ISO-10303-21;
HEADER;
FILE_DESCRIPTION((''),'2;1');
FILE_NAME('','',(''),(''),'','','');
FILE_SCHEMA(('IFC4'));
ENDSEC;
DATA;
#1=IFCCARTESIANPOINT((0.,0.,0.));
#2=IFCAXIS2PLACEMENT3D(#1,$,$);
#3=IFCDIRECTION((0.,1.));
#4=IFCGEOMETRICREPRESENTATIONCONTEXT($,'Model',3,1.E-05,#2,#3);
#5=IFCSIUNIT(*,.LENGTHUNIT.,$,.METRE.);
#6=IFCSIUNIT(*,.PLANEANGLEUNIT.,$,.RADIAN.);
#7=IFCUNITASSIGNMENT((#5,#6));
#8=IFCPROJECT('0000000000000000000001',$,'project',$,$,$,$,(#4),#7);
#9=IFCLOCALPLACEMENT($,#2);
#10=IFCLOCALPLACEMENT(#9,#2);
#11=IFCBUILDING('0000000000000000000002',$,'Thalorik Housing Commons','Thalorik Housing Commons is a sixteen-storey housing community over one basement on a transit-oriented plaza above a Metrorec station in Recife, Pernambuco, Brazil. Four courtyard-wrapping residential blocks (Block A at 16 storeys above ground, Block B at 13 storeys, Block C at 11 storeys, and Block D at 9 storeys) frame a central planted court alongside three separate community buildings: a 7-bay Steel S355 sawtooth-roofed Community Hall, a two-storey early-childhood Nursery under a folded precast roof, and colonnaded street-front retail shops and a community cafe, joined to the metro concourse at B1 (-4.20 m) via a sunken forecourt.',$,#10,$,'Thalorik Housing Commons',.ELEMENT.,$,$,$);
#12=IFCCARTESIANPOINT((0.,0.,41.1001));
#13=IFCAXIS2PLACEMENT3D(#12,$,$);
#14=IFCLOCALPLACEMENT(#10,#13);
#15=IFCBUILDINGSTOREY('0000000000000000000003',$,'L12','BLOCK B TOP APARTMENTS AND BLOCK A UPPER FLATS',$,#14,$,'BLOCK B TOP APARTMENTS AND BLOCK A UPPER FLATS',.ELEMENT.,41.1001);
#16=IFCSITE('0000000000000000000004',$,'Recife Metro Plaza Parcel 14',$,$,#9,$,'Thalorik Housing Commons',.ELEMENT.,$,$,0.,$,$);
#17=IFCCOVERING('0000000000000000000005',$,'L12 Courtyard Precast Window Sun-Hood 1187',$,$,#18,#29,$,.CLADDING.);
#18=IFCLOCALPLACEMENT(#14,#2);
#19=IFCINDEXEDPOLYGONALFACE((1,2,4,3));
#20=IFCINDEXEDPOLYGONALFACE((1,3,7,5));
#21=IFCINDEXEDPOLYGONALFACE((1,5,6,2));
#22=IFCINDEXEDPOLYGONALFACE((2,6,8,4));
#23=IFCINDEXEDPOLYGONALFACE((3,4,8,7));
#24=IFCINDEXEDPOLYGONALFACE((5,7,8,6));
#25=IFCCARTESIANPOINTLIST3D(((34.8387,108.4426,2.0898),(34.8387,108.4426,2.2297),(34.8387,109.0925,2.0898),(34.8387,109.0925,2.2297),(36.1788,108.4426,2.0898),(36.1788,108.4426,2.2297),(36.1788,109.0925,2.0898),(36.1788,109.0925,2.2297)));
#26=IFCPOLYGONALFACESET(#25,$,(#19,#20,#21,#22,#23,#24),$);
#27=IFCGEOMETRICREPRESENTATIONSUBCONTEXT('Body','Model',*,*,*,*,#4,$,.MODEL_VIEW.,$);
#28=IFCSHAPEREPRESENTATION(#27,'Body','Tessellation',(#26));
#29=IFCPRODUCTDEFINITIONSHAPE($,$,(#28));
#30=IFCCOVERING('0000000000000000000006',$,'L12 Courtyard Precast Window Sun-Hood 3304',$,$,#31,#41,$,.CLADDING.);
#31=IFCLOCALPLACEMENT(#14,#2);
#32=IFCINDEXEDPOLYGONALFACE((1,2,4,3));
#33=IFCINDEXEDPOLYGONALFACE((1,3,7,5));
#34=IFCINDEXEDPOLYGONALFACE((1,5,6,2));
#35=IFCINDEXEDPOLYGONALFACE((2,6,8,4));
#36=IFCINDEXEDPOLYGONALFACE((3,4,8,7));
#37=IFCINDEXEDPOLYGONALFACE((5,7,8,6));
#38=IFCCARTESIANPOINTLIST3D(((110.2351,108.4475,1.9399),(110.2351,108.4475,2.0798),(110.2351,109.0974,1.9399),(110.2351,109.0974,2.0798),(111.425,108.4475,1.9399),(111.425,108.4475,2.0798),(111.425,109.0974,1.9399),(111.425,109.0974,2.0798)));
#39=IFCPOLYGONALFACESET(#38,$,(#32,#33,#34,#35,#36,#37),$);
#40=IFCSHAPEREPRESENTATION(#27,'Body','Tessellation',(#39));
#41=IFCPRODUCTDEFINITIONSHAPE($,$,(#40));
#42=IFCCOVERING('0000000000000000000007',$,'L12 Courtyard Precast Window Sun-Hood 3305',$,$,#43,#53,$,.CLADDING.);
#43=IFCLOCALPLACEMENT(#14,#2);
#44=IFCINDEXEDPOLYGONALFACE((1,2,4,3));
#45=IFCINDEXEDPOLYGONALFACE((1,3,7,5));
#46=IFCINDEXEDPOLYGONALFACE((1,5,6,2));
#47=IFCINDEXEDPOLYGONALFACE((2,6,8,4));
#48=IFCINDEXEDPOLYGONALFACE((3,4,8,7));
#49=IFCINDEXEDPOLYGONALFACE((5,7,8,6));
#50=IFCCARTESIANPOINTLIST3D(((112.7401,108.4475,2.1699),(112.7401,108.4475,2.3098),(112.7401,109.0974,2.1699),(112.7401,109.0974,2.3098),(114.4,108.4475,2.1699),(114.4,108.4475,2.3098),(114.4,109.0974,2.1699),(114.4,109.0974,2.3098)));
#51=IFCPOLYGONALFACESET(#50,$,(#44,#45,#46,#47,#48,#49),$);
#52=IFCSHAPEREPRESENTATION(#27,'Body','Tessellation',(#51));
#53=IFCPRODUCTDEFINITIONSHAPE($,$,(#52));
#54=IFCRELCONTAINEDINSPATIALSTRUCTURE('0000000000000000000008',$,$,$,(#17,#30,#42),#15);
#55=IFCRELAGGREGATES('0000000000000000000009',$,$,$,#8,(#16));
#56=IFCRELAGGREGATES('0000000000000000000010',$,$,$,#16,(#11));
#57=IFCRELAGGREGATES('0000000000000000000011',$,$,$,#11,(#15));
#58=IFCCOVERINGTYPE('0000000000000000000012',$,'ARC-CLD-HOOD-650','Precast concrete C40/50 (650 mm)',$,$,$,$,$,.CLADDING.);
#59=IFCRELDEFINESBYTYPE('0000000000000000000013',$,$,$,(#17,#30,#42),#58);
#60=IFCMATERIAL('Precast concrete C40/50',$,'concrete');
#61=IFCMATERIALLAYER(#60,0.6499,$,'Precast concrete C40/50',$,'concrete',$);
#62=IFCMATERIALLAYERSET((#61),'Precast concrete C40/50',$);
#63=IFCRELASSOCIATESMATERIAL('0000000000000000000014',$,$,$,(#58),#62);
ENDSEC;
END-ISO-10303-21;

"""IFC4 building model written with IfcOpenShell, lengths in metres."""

from ifc_helpers import new_model, si_unit, direction, frame, origin, origin_2d, place, context, subcontext, project, spatial, rectangle, extrude, material, layer, layer_set, type_object, element, save


model = new_model("IFC4")

# Units and contexts
model_context = context("Model", 3, precision=1e-05, world=origin(), true_north=direction((0.0, 1.0)))
body_context = subcontext(model_context, "Body", "Model", "MODEL_VIEW")
ifc_project = project(units=[si_unit("LENGTHUNIT", "METRE"), si_unit("PLANEANGLEUNIT", "RADIAN")], contexts=[model_context])

# Site, building, storey
site_placement = place(None, origin())
site = spatial("IfcSite", under=ifc_project, at=site_placement, Name="Recife Metro Plaza Parcel 14", LongName="Thalorik Housing Commons", CompositionType="ELEMENT", RefElevation=0.0)
building_placement = place(site_placement, origin())
building = spatial("IfcBuilding", under=site, at=building_placement, Name="Thalorik Housing Commons", Description="Thalorik Housing Commons is a sixteen-storey housing community over one basement on a transit-oriented plaza above a Metrorec station in Recife, Pernambuco, Brazil. Four courtyard-wrapping residential blocks (Block A at 16 storeys above ground, Block B at 13 storeys, Block C at 11 storeys, and Block D at 9 storeys) frame a central planted court alongside three separate community buildings: a 7-bay Steel S355 sawtooth-roofed Community Hall, a two-storey early-childhood Nursery under a folded precast roof, and colonnaded street-front retail shops and a community cafe, joined to the metro concourse at B1 (-4.20 m) via a sunken forecourt.", LongName="Thalorik Housing Commons", CompositionType="ELEMENT")
storey_placement = place(building_placement, frame((0.0, 0.0, 41.1001)))
storey = spatial("IfcBuildingStorey", under=building, at=storey_placement, Name="L12", Description="BLOCK B TOP APARTMENTS AND BLOCK A UPPER FLATS", LongName="BLOCK B TOP APARTMENTS AND BLOCK A UPPER FLATS", CompositionType="ELEMENT", Elevation=41.1001)

# Coverings
ifc_material = material(Name="Precast concrete C40/50", Category="concrete")
ifc_layer_1 = layer(ifc_material, 0.6499, Name="Precast concrete C40/50", Category="concrete")
ifc_layer_set_1 = layer_set([ifc_layer_1], Name="Precast concrete C40/50")
covering_type_1 = type_object("IfcCoveringType", Name="ARC-CLD-HOOD-650", Description="Precast concrete C40/50 (650 mm)", PredefinedType="CLADDING", material=ifc_layer_set_1)
covering_1_placement = place(storey_placement, frame((35.5088, 108.7676, 2.0898), z_axis=(0.0, 0.0, 1.0), x_axis=(1.0, 0.0, 0.0)))
element("IfcCovering", 1, at=covering_1_placement, inside=storey, type_object=covering_type_1, Name="L12 Courtyard Precast Window Sun-Hood 1187", PredefinedType="CLADDING", context=body_context, shape_type="SweptSolid", body=[
    extrude(rectangle(XDim=1.3401, YDim=0.6499, at=origin_2d()), origin(), (0.0, 0.0, 1.0), 0.1399),
])
covering_2_placement = place(storey_placement, frame((110.8301, 108.7725, 1.9399), z_axis=(0.0, 0.0, 1.0), x_axis=(1.0, 0.0, 0.0)))
element("IfcCovering", 2, at=covering_2_placement, inside=storey, type_object=covering_type_1, Name="L12 Courtyard Precast Window Sun-Hood 3304", PredefinedType="CLADDING", context=body_context, shape_type="SweptSolid", body=[
    extrude(rectangle(XDim=1.1899, YDim=0.6499, at=origin_2d()), origin(), (0.0, 0.0, 1.0), 0.1399),
])
covering_3_placement = place(storey_placement, frame((113.5701, 108.7725, 2.1699), z_axis=(0.0, 0.0, 1.0), x_axis=(1.0, 0.0, 0.0)))
element("IfcCovering", 3, at=covering_3_placement, inside=storey, type_object=covering_type_1, Name="L12 Courtyard Precast Window Sun-Hood 3305", PredefinedType="CLADDING", context=body_context, shape_type="SweptSolid", body=[
    extrude(rectangle(XDim=1.6599, YDim=0.6499, at=origin_2d()), origin(), (0.0, 0.0, 1.0), 0.1399),
])

save(model, "model.ifc")
